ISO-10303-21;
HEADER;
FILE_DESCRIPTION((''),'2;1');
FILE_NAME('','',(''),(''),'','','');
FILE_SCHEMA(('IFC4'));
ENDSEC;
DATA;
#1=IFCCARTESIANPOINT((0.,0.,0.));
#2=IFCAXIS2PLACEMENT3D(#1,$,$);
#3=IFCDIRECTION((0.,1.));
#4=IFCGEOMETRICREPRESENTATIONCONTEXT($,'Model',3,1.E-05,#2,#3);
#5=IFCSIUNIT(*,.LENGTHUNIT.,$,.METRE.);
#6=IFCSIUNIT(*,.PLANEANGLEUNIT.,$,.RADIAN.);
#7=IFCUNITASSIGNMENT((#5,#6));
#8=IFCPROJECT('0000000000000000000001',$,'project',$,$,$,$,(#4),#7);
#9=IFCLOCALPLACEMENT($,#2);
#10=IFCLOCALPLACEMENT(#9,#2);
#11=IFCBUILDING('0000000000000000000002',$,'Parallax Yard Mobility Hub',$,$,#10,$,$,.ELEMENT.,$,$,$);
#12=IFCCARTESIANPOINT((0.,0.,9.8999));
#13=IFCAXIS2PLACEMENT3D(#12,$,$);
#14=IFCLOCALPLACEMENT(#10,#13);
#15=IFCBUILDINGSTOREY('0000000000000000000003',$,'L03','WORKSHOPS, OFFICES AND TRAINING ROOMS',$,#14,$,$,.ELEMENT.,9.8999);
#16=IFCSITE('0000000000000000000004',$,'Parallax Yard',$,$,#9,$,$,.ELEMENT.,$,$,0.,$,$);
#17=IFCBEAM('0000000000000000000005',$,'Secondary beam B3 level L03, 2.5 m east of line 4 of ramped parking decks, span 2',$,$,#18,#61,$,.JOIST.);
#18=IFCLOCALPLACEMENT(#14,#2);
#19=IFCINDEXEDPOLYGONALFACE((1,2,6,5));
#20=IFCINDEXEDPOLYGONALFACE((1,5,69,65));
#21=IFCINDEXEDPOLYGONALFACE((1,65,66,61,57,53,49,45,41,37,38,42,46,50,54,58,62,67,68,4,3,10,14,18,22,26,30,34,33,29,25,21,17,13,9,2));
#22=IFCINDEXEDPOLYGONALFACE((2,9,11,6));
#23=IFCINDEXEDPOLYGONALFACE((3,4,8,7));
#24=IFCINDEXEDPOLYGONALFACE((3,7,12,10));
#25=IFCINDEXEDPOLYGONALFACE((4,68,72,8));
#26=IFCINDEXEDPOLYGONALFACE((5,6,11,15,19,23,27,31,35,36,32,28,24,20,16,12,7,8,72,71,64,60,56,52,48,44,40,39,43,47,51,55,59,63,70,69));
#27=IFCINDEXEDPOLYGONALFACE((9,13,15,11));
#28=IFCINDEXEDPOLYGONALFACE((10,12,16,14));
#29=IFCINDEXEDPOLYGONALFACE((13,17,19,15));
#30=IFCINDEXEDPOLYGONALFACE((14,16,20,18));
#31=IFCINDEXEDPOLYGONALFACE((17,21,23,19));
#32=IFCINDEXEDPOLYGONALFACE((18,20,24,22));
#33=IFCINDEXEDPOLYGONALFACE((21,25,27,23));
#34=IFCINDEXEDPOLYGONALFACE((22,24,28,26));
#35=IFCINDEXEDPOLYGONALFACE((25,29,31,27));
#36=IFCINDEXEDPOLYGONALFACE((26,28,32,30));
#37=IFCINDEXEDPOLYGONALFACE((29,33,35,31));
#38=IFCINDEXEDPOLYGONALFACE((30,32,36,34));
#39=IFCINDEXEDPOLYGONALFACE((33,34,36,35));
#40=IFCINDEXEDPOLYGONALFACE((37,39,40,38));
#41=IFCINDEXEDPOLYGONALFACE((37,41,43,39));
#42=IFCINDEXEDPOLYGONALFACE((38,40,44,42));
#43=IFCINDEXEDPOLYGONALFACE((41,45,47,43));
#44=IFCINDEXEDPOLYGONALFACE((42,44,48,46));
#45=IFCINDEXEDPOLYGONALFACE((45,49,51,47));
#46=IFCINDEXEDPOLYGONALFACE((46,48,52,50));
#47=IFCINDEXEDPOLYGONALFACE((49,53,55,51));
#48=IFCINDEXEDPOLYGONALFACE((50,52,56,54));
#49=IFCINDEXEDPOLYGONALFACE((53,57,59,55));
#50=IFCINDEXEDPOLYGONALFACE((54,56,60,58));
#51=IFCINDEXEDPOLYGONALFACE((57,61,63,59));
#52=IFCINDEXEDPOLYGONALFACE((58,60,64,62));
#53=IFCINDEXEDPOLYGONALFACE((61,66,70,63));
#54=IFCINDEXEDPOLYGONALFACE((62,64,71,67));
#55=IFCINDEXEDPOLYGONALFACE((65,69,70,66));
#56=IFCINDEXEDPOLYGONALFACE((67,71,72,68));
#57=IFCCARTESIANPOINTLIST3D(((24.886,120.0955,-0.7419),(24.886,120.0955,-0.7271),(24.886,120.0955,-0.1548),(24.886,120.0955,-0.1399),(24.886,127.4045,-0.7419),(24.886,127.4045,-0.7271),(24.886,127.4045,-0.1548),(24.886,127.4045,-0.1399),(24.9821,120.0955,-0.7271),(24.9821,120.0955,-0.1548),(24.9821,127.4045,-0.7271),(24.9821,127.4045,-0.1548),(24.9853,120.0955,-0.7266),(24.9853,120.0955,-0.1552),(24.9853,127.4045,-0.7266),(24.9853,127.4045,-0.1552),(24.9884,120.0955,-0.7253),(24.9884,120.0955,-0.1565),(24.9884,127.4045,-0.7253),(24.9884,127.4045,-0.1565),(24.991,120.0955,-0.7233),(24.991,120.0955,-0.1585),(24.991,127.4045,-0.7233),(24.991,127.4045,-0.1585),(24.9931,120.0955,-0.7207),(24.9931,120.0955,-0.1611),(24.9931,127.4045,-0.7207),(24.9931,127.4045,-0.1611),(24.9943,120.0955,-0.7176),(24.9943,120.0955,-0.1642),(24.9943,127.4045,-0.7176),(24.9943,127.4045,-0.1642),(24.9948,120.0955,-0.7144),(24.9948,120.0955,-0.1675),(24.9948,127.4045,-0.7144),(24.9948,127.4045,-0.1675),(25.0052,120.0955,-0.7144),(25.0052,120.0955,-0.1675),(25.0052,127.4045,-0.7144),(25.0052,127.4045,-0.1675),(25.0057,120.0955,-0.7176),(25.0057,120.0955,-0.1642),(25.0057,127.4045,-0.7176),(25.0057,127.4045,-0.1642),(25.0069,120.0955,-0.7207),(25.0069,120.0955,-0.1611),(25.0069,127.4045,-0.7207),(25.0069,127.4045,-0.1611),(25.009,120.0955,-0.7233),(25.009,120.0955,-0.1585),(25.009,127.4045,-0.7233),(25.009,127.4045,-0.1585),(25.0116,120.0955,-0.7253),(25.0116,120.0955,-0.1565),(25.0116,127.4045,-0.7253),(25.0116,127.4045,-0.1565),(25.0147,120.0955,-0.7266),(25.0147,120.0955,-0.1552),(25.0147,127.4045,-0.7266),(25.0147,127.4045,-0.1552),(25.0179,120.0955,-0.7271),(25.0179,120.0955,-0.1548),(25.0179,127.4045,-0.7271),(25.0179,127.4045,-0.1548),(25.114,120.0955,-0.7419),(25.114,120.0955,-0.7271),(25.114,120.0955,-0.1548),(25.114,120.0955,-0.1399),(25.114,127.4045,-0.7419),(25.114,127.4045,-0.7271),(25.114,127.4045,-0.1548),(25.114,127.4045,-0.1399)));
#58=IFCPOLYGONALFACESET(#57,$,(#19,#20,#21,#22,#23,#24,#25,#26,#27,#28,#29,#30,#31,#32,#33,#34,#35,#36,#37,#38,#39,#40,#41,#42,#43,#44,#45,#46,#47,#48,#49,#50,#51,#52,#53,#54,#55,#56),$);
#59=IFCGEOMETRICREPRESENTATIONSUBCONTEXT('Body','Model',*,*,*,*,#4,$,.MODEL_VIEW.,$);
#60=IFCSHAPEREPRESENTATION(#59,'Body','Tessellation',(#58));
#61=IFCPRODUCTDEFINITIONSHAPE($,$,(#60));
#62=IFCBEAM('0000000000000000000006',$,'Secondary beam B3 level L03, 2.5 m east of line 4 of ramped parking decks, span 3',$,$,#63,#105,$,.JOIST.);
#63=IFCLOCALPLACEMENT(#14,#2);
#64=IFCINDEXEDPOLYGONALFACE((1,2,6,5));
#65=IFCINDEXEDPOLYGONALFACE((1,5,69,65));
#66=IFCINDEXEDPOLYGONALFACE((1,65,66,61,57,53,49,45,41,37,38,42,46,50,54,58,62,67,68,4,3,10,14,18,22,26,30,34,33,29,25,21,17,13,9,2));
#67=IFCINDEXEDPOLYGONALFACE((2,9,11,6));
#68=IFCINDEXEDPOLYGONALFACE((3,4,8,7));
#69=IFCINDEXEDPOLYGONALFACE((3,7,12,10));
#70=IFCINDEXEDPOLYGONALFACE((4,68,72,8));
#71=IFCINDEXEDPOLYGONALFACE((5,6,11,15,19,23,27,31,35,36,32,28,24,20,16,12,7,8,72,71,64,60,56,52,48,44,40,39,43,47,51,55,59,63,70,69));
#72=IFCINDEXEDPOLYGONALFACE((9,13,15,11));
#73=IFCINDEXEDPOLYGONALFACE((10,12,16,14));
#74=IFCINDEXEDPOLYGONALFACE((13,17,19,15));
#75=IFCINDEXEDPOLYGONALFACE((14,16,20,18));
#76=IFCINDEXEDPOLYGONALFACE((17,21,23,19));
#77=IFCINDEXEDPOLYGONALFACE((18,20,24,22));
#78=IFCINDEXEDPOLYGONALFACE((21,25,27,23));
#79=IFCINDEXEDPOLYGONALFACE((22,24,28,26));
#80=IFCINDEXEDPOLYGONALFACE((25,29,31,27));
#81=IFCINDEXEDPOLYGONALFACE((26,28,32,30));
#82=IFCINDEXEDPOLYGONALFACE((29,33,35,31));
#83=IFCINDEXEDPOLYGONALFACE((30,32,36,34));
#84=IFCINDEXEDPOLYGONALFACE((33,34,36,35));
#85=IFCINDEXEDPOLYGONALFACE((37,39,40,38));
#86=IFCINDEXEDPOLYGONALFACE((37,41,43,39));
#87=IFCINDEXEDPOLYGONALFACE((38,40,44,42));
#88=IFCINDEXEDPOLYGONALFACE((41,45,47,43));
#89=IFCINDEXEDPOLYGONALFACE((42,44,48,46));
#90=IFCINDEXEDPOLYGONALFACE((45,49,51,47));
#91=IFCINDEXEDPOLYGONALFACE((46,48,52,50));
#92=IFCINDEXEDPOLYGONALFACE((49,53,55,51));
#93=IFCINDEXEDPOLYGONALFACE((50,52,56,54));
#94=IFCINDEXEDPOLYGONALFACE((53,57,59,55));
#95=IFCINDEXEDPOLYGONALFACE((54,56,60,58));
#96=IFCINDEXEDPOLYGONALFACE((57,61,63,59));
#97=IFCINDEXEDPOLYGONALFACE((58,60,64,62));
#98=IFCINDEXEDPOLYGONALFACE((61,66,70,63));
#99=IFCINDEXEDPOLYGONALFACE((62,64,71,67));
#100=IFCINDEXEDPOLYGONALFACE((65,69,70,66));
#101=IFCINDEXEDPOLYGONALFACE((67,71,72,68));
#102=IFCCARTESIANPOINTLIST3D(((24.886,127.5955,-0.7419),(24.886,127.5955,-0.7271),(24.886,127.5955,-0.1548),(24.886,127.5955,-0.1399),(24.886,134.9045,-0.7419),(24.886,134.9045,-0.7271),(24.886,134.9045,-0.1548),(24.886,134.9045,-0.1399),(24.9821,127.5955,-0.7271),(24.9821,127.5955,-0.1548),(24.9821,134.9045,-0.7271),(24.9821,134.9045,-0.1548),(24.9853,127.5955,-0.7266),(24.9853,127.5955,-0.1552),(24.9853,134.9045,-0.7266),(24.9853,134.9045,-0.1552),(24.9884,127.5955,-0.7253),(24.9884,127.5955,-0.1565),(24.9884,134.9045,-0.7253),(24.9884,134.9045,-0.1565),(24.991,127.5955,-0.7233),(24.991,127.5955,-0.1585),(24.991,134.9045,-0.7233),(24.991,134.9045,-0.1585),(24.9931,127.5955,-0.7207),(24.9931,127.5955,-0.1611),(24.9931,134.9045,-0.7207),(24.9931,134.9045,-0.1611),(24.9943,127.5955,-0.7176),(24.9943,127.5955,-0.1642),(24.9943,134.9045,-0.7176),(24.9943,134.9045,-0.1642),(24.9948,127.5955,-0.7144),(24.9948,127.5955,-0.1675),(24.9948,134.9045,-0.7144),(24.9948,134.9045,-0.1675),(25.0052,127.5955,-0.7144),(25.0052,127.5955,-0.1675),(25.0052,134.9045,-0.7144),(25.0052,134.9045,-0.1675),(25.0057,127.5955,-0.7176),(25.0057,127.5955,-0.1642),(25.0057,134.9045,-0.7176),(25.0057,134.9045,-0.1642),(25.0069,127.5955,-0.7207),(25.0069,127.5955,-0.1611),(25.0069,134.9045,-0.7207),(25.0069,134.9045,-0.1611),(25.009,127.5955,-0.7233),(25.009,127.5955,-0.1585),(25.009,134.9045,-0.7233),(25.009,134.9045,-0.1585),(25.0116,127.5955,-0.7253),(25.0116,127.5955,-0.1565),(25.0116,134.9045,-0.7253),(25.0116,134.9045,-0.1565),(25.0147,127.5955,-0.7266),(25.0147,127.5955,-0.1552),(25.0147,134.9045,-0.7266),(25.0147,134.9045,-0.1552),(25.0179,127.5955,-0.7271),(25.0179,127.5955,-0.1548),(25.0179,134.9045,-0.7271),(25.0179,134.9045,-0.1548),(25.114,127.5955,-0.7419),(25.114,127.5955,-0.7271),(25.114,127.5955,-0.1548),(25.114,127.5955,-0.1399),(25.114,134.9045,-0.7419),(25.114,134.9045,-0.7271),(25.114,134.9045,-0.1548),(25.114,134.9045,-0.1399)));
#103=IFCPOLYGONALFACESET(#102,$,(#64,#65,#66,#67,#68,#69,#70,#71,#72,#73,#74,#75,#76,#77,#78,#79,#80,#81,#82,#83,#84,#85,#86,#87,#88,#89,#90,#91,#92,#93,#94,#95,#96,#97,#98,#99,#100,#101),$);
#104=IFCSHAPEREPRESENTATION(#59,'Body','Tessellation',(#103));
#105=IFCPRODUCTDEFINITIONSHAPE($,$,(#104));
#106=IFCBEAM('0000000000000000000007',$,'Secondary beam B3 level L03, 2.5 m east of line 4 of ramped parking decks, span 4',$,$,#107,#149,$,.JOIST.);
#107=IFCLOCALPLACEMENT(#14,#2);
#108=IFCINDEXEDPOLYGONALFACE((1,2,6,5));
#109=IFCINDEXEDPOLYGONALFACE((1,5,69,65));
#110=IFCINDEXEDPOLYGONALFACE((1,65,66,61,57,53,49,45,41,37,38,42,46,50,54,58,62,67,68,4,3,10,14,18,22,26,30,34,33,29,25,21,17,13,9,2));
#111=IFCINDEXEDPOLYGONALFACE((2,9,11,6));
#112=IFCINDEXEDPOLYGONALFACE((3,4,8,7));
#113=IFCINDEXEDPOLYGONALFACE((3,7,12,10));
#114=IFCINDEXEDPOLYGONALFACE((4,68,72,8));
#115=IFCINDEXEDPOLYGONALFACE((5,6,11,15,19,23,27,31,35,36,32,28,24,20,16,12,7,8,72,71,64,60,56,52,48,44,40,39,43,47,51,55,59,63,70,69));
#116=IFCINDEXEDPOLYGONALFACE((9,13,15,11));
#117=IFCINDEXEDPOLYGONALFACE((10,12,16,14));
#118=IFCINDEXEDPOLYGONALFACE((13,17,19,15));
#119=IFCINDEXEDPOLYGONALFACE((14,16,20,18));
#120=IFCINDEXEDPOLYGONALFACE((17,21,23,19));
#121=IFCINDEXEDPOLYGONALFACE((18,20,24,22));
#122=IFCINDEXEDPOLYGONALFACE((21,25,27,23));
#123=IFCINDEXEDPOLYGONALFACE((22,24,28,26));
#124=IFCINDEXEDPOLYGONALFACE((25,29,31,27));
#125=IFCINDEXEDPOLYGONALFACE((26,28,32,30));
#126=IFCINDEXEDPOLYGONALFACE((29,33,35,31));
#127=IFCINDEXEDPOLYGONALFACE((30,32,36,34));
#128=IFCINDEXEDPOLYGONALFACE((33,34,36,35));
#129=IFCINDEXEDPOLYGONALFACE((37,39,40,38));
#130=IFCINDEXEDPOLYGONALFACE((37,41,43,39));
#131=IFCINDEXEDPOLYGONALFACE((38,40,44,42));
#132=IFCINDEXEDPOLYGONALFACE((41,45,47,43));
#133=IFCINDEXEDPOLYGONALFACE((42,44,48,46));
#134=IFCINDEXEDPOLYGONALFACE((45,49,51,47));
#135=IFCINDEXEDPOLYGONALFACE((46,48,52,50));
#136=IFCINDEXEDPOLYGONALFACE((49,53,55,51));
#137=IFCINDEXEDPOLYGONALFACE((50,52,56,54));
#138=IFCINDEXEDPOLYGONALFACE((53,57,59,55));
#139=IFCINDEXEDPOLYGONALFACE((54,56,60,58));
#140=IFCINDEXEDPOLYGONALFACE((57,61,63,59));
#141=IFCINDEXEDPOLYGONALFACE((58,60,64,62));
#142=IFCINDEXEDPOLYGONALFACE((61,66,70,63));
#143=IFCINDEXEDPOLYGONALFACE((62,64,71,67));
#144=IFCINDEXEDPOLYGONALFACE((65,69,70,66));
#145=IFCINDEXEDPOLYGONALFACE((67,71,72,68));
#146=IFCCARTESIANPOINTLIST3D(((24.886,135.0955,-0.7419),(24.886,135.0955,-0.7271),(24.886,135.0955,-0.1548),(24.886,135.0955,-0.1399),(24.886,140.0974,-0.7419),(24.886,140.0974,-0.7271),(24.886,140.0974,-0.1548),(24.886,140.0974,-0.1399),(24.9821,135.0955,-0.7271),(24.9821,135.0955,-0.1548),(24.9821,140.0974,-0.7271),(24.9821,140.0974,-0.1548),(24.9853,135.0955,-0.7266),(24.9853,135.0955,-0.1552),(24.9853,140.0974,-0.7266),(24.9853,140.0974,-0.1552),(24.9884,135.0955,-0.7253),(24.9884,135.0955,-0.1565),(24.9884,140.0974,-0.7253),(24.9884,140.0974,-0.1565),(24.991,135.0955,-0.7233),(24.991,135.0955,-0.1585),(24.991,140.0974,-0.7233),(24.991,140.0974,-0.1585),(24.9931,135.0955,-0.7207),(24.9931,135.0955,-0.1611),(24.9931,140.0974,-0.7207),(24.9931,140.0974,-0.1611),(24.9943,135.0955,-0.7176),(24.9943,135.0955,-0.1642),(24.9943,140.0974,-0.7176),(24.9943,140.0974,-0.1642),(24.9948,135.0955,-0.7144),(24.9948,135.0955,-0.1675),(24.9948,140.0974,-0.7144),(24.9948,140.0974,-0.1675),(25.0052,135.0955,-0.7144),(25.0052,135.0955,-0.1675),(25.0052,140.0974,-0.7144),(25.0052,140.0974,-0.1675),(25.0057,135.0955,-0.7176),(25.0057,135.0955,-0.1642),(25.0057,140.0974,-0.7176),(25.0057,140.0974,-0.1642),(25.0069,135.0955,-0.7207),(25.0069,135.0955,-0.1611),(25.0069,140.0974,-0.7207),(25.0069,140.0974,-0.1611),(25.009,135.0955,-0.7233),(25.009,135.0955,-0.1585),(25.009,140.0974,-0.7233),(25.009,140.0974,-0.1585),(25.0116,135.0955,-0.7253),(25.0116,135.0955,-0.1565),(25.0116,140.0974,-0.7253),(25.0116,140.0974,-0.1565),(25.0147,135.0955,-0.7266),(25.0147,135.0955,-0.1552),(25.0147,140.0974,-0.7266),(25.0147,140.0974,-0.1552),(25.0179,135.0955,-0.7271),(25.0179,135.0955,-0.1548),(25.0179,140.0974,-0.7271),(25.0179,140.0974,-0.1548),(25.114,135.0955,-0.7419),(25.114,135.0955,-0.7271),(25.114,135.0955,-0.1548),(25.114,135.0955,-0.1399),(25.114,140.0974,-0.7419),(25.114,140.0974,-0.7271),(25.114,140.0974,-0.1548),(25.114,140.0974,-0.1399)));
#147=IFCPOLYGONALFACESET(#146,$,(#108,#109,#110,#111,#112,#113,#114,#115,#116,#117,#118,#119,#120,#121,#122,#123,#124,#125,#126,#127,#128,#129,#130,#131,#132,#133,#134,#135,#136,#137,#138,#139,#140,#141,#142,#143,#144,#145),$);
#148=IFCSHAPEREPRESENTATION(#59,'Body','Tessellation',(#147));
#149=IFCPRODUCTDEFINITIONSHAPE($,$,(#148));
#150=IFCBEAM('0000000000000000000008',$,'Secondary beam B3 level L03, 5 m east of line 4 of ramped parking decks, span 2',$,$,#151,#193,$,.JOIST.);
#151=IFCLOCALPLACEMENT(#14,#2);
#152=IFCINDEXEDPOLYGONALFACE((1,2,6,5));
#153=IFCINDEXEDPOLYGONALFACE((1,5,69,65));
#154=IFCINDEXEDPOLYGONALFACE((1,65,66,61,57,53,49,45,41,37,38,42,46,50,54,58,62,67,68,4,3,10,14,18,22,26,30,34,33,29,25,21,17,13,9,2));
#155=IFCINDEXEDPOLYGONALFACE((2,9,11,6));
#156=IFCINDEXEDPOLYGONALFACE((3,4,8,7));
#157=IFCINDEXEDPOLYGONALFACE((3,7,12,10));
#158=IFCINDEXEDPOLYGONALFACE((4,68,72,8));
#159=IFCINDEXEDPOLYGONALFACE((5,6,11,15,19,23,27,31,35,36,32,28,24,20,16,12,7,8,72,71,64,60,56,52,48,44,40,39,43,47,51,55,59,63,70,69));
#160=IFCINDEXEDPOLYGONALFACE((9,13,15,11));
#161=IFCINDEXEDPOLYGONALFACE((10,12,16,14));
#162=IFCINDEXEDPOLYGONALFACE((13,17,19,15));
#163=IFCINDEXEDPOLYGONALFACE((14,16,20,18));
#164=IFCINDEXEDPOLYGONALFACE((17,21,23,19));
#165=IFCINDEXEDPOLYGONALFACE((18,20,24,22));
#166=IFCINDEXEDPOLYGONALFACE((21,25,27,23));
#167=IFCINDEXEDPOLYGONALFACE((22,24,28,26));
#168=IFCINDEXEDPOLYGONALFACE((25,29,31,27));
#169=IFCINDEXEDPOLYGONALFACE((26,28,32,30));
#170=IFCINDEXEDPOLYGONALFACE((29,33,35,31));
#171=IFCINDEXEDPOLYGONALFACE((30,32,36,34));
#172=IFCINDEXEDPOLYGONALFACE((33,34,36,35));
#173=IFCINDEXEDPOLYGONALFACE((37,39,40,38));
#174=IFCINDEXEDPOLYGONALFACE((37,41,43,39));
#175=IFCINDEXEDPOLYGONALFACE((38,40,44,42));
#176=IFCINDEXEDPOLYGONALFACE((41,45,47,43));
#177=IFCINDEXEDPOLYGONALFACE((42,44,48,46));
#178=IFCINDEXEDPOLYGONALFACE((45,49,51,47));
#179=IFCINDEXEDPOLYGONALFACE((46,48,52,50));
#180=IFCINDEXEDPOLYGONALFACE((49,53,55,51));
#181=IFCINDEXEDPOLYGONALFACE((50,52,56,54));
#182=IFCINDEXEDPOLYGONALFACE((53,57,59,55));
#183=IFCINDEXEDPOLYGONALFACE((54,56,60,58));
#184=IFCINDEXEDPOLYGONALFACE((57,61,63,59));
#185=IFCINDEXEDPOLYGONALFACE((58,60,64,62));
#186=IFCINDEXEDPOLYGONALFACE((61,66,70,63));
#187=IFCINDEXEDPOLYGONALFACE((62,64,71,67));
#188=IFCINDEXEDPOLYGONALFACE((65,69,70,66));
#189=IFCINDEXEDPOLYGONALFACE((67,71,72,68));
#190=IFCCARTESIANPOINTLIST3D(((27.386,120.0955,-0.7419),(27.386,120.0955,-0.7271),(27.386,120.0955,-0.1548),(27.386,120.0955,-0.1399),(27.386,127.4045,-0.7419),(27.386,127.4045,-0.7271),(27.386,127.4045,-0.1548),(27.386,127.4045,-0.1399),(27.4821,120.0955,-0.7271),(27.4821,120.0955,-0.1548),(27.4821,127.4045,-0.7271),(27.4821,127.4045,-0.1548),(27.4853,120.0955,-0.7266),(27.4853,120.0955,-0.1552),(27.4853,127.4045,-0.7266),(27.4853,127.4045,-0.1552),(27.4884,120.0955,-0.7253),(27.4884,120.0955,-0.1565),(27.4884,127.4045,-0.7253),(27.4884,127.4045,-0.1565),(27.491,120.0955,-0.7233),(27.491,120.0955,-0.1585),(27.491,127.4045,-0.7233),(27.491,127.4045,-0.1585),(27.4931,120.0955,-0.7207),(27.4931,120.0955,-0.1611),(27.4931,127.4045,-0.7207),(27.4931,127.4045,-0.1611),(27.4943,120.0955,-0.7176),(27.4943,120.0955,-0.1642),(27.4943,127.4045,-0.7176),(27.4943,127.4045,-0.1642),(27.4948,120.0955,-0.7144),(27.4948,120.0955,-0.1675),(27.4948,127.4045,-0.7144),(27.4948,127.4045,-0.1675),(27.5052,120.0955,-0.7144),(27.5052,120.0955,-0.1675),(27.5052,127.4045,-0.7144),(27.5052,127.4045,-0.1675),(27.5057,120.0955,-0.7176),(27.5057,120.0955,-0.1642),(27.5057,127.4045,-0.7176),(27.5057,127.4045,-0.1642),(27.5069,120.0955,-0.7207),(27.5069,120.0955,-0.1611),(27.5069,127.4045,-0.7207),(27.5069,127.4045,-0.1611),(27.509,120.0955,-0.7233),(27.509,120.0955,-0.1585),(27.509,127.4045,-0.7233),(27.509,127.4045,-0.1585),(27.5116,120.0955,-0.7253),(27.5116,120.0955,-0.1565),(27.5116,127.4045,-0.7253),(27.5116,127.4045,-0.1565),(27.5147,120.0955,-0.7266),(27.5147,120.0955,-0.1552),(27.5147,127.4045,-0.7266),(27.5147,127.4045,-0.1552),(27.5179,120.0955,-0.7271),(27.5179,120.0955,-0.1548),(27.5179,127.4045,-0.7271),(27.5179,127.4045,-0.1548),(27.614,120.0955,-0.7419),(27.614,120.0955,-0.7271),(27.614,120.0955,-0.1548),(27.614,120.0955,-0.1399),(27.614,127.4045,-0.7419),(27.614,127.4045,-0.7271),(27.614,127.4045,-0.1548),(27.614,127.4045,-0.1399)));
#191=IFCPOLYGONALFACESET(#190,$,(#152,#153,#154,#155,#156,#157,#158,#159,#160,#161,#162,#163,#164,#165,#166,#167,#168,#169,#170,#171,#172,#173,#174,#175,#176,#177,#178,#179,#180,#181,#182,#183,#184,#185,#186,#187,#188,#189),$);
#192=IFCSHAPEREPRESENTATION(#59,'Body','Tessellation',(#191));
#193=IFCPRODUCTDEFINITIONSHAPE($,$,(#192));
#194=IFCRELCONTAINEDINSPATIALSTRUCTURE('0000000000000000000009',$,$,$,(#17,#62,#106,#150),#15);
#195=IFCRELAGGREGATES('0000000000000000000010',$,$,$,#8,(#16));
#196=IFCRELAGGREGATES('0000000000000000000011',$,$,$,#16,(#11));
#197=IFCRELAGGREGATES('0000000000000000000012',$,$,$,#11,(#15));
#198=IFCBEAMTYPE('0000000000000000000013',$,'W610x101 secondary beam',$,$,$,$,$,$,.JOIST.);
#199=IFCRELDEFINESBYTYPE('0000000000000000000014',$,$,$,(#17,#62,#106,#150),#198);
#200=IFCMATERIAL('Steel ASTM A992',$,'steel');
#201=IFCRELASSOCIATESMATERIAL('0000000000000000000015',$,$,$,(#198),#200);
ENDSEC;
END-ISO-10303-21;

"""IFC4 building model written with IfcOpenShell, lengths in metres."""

from ifc_helpers import new_model, si_unit, direction, frame, origin, origin_2d, place, context, subcontext, project, spatial, i_section, extrude, material, material_profile, profile_set, type_object, element, save


model = new_model("IFC4")

# Units and contexts
model_context = context("Model", 3, precision=1e-05, world=origin(), true_north=direction((0.0, 1.0)))
body_context = subcontext(model_context, "Body", "Model", "MODEL_VIEW")
ifc_project = project(units=[si_unit("LENGTHUNIT", "METRE"), si_unit("PLANEANGLEUNIT", "RADIAN")], contexts=[model_context])

# Site, building, storey
site_placement = place(None, origin())
site = spatial("IfcSite", under=ifc_project, at=site_placement, Name="Parallax Yard", CompositionType="ELEMENT", RefElevation=0.0)
building_placement = place(site_placement, origin())
building = spatial("IfcBuilding", under=site, at=building_placement, Name="Parallax Yard Mobility Hub", CompositionType="ELEMENT")
storey_placement = place(building_placement, frame((0.0, 0.0, 9.8999)))
storey = spatial("IfcBuildingStorey", under=building, at=storey_placement, Name="L03", Description="WORKSHOPS, OFFICES AND TRAINING ROOMS", CompositionType="ELEMENT", Elevation=9.8999)

# Beams
ifc_material_1 = material(Name="Steel ASTM A992", Category="steel")
ifc_material_profile_1 = material_profile(ifc_material_1, i_section(OverallWidth=0.228, OverallDepth=0.6021, WebThickness=0.0105, FlangeThickness=0.0149, FilletRadius=0.0127, at=origin_2d()), Name="W610x101")
ifc_profile_set_1 = profile_set([ifc_material_profile_1], Name="Steel ASTM A992")
beam_type_1 = type_object("IfcBeamType", Name="W610x101 secondary beam", PredefinedType="JOIST", material=ifc_profile_set_1)
for number, where, z_axis, x_axis, name in (
    (1, (25.0, 120.0955, -0.4409), (0.0, 1.0, 0.0), (-1.0, 0.0, 0.0), "Secondary beam B3 level L03, 2.5 m east of line 4 of ramped parking decks, span 2"),
    (2, (25.0, 127.5955, -0.4409), (0.0, 1.0, 0.0), (-1.0, 0.0, 0.0), "Secondary beam B3 level L03, 2.5 m east of line 4 of ramped parking decks, span 3"),
):
    element("IfcBeam", number, at=place(storey_placement, frame(where, z_axis=z_axis, x_axis=x_axis)), inside=storey, type_object=beam_type_1, Name=name, PredefinedType="JOIST", context=body_context, shape_type="SweptSolid", body=[
        extrude(i_section(OverallWidth=0.228, OverallDepth=0.6021, WebThickness=0.0105, FlangeThickness=0.0149, FilletRadius=0.0127, at=origin_2d()), origin(), (0.0, 0.0, 1.0), 7.3091),
    ])
beam_1_placement = place(storey_placement, frame((25.0, 135.0955, -0.4409), z_axis=(0.0, 1.0, 0.0), x_axis=(-1.0, 0.0, 0.0)))
element("IfcBeam", 3, at=beam_1_placement, inside=storey, type_object=beam_type_1, Name="Secondary beam B3 level L03, 2.5 m east of line 4 of ramped parking decks, span 4", PredefinedType="JOIST", context=body_context, shape_type="SweptSolid", body=[
    extrude(i_section(OverallWidth=0.228, OverallDepth=0.6021, WebThickness=0.0105, FlangeThickness=0.0149, FilletRadius=0.0127, at=origin_2d()), origin(), (0.0, 0.0, 1.0), 5.002),
])
for number, where, z_axis, x_axis, name in (
    (4, (27.5, 120.0955, -0.4409), (0.0, 1.0, 0.0), (-1.0, 0.0, 0.0), "Secondary beam B3 level L03, 5 m east of line 4 of ramped parking decks, span 2"),
):
    element("IfcBeam", number, at=place(storey_placement, frame(where, z_axis=z_axis, x_axis=x_axis)), inside=storey, type_object=beam_type_1, Name=name, PredefinedType="JOIST", context=body_context, shape_type="SweptSolid", body=[
        extrude(i_section(OverallWidth=0.228, OverallDepth=0.6021, WebThickness=0.0105, FlangeThickness=0.0149, FilletRadius=0.0127, at=origin_2d()), origin(), (0.0, 0.0, 1.0), 7.3091),
    ])

save(model, "model.ifc")
